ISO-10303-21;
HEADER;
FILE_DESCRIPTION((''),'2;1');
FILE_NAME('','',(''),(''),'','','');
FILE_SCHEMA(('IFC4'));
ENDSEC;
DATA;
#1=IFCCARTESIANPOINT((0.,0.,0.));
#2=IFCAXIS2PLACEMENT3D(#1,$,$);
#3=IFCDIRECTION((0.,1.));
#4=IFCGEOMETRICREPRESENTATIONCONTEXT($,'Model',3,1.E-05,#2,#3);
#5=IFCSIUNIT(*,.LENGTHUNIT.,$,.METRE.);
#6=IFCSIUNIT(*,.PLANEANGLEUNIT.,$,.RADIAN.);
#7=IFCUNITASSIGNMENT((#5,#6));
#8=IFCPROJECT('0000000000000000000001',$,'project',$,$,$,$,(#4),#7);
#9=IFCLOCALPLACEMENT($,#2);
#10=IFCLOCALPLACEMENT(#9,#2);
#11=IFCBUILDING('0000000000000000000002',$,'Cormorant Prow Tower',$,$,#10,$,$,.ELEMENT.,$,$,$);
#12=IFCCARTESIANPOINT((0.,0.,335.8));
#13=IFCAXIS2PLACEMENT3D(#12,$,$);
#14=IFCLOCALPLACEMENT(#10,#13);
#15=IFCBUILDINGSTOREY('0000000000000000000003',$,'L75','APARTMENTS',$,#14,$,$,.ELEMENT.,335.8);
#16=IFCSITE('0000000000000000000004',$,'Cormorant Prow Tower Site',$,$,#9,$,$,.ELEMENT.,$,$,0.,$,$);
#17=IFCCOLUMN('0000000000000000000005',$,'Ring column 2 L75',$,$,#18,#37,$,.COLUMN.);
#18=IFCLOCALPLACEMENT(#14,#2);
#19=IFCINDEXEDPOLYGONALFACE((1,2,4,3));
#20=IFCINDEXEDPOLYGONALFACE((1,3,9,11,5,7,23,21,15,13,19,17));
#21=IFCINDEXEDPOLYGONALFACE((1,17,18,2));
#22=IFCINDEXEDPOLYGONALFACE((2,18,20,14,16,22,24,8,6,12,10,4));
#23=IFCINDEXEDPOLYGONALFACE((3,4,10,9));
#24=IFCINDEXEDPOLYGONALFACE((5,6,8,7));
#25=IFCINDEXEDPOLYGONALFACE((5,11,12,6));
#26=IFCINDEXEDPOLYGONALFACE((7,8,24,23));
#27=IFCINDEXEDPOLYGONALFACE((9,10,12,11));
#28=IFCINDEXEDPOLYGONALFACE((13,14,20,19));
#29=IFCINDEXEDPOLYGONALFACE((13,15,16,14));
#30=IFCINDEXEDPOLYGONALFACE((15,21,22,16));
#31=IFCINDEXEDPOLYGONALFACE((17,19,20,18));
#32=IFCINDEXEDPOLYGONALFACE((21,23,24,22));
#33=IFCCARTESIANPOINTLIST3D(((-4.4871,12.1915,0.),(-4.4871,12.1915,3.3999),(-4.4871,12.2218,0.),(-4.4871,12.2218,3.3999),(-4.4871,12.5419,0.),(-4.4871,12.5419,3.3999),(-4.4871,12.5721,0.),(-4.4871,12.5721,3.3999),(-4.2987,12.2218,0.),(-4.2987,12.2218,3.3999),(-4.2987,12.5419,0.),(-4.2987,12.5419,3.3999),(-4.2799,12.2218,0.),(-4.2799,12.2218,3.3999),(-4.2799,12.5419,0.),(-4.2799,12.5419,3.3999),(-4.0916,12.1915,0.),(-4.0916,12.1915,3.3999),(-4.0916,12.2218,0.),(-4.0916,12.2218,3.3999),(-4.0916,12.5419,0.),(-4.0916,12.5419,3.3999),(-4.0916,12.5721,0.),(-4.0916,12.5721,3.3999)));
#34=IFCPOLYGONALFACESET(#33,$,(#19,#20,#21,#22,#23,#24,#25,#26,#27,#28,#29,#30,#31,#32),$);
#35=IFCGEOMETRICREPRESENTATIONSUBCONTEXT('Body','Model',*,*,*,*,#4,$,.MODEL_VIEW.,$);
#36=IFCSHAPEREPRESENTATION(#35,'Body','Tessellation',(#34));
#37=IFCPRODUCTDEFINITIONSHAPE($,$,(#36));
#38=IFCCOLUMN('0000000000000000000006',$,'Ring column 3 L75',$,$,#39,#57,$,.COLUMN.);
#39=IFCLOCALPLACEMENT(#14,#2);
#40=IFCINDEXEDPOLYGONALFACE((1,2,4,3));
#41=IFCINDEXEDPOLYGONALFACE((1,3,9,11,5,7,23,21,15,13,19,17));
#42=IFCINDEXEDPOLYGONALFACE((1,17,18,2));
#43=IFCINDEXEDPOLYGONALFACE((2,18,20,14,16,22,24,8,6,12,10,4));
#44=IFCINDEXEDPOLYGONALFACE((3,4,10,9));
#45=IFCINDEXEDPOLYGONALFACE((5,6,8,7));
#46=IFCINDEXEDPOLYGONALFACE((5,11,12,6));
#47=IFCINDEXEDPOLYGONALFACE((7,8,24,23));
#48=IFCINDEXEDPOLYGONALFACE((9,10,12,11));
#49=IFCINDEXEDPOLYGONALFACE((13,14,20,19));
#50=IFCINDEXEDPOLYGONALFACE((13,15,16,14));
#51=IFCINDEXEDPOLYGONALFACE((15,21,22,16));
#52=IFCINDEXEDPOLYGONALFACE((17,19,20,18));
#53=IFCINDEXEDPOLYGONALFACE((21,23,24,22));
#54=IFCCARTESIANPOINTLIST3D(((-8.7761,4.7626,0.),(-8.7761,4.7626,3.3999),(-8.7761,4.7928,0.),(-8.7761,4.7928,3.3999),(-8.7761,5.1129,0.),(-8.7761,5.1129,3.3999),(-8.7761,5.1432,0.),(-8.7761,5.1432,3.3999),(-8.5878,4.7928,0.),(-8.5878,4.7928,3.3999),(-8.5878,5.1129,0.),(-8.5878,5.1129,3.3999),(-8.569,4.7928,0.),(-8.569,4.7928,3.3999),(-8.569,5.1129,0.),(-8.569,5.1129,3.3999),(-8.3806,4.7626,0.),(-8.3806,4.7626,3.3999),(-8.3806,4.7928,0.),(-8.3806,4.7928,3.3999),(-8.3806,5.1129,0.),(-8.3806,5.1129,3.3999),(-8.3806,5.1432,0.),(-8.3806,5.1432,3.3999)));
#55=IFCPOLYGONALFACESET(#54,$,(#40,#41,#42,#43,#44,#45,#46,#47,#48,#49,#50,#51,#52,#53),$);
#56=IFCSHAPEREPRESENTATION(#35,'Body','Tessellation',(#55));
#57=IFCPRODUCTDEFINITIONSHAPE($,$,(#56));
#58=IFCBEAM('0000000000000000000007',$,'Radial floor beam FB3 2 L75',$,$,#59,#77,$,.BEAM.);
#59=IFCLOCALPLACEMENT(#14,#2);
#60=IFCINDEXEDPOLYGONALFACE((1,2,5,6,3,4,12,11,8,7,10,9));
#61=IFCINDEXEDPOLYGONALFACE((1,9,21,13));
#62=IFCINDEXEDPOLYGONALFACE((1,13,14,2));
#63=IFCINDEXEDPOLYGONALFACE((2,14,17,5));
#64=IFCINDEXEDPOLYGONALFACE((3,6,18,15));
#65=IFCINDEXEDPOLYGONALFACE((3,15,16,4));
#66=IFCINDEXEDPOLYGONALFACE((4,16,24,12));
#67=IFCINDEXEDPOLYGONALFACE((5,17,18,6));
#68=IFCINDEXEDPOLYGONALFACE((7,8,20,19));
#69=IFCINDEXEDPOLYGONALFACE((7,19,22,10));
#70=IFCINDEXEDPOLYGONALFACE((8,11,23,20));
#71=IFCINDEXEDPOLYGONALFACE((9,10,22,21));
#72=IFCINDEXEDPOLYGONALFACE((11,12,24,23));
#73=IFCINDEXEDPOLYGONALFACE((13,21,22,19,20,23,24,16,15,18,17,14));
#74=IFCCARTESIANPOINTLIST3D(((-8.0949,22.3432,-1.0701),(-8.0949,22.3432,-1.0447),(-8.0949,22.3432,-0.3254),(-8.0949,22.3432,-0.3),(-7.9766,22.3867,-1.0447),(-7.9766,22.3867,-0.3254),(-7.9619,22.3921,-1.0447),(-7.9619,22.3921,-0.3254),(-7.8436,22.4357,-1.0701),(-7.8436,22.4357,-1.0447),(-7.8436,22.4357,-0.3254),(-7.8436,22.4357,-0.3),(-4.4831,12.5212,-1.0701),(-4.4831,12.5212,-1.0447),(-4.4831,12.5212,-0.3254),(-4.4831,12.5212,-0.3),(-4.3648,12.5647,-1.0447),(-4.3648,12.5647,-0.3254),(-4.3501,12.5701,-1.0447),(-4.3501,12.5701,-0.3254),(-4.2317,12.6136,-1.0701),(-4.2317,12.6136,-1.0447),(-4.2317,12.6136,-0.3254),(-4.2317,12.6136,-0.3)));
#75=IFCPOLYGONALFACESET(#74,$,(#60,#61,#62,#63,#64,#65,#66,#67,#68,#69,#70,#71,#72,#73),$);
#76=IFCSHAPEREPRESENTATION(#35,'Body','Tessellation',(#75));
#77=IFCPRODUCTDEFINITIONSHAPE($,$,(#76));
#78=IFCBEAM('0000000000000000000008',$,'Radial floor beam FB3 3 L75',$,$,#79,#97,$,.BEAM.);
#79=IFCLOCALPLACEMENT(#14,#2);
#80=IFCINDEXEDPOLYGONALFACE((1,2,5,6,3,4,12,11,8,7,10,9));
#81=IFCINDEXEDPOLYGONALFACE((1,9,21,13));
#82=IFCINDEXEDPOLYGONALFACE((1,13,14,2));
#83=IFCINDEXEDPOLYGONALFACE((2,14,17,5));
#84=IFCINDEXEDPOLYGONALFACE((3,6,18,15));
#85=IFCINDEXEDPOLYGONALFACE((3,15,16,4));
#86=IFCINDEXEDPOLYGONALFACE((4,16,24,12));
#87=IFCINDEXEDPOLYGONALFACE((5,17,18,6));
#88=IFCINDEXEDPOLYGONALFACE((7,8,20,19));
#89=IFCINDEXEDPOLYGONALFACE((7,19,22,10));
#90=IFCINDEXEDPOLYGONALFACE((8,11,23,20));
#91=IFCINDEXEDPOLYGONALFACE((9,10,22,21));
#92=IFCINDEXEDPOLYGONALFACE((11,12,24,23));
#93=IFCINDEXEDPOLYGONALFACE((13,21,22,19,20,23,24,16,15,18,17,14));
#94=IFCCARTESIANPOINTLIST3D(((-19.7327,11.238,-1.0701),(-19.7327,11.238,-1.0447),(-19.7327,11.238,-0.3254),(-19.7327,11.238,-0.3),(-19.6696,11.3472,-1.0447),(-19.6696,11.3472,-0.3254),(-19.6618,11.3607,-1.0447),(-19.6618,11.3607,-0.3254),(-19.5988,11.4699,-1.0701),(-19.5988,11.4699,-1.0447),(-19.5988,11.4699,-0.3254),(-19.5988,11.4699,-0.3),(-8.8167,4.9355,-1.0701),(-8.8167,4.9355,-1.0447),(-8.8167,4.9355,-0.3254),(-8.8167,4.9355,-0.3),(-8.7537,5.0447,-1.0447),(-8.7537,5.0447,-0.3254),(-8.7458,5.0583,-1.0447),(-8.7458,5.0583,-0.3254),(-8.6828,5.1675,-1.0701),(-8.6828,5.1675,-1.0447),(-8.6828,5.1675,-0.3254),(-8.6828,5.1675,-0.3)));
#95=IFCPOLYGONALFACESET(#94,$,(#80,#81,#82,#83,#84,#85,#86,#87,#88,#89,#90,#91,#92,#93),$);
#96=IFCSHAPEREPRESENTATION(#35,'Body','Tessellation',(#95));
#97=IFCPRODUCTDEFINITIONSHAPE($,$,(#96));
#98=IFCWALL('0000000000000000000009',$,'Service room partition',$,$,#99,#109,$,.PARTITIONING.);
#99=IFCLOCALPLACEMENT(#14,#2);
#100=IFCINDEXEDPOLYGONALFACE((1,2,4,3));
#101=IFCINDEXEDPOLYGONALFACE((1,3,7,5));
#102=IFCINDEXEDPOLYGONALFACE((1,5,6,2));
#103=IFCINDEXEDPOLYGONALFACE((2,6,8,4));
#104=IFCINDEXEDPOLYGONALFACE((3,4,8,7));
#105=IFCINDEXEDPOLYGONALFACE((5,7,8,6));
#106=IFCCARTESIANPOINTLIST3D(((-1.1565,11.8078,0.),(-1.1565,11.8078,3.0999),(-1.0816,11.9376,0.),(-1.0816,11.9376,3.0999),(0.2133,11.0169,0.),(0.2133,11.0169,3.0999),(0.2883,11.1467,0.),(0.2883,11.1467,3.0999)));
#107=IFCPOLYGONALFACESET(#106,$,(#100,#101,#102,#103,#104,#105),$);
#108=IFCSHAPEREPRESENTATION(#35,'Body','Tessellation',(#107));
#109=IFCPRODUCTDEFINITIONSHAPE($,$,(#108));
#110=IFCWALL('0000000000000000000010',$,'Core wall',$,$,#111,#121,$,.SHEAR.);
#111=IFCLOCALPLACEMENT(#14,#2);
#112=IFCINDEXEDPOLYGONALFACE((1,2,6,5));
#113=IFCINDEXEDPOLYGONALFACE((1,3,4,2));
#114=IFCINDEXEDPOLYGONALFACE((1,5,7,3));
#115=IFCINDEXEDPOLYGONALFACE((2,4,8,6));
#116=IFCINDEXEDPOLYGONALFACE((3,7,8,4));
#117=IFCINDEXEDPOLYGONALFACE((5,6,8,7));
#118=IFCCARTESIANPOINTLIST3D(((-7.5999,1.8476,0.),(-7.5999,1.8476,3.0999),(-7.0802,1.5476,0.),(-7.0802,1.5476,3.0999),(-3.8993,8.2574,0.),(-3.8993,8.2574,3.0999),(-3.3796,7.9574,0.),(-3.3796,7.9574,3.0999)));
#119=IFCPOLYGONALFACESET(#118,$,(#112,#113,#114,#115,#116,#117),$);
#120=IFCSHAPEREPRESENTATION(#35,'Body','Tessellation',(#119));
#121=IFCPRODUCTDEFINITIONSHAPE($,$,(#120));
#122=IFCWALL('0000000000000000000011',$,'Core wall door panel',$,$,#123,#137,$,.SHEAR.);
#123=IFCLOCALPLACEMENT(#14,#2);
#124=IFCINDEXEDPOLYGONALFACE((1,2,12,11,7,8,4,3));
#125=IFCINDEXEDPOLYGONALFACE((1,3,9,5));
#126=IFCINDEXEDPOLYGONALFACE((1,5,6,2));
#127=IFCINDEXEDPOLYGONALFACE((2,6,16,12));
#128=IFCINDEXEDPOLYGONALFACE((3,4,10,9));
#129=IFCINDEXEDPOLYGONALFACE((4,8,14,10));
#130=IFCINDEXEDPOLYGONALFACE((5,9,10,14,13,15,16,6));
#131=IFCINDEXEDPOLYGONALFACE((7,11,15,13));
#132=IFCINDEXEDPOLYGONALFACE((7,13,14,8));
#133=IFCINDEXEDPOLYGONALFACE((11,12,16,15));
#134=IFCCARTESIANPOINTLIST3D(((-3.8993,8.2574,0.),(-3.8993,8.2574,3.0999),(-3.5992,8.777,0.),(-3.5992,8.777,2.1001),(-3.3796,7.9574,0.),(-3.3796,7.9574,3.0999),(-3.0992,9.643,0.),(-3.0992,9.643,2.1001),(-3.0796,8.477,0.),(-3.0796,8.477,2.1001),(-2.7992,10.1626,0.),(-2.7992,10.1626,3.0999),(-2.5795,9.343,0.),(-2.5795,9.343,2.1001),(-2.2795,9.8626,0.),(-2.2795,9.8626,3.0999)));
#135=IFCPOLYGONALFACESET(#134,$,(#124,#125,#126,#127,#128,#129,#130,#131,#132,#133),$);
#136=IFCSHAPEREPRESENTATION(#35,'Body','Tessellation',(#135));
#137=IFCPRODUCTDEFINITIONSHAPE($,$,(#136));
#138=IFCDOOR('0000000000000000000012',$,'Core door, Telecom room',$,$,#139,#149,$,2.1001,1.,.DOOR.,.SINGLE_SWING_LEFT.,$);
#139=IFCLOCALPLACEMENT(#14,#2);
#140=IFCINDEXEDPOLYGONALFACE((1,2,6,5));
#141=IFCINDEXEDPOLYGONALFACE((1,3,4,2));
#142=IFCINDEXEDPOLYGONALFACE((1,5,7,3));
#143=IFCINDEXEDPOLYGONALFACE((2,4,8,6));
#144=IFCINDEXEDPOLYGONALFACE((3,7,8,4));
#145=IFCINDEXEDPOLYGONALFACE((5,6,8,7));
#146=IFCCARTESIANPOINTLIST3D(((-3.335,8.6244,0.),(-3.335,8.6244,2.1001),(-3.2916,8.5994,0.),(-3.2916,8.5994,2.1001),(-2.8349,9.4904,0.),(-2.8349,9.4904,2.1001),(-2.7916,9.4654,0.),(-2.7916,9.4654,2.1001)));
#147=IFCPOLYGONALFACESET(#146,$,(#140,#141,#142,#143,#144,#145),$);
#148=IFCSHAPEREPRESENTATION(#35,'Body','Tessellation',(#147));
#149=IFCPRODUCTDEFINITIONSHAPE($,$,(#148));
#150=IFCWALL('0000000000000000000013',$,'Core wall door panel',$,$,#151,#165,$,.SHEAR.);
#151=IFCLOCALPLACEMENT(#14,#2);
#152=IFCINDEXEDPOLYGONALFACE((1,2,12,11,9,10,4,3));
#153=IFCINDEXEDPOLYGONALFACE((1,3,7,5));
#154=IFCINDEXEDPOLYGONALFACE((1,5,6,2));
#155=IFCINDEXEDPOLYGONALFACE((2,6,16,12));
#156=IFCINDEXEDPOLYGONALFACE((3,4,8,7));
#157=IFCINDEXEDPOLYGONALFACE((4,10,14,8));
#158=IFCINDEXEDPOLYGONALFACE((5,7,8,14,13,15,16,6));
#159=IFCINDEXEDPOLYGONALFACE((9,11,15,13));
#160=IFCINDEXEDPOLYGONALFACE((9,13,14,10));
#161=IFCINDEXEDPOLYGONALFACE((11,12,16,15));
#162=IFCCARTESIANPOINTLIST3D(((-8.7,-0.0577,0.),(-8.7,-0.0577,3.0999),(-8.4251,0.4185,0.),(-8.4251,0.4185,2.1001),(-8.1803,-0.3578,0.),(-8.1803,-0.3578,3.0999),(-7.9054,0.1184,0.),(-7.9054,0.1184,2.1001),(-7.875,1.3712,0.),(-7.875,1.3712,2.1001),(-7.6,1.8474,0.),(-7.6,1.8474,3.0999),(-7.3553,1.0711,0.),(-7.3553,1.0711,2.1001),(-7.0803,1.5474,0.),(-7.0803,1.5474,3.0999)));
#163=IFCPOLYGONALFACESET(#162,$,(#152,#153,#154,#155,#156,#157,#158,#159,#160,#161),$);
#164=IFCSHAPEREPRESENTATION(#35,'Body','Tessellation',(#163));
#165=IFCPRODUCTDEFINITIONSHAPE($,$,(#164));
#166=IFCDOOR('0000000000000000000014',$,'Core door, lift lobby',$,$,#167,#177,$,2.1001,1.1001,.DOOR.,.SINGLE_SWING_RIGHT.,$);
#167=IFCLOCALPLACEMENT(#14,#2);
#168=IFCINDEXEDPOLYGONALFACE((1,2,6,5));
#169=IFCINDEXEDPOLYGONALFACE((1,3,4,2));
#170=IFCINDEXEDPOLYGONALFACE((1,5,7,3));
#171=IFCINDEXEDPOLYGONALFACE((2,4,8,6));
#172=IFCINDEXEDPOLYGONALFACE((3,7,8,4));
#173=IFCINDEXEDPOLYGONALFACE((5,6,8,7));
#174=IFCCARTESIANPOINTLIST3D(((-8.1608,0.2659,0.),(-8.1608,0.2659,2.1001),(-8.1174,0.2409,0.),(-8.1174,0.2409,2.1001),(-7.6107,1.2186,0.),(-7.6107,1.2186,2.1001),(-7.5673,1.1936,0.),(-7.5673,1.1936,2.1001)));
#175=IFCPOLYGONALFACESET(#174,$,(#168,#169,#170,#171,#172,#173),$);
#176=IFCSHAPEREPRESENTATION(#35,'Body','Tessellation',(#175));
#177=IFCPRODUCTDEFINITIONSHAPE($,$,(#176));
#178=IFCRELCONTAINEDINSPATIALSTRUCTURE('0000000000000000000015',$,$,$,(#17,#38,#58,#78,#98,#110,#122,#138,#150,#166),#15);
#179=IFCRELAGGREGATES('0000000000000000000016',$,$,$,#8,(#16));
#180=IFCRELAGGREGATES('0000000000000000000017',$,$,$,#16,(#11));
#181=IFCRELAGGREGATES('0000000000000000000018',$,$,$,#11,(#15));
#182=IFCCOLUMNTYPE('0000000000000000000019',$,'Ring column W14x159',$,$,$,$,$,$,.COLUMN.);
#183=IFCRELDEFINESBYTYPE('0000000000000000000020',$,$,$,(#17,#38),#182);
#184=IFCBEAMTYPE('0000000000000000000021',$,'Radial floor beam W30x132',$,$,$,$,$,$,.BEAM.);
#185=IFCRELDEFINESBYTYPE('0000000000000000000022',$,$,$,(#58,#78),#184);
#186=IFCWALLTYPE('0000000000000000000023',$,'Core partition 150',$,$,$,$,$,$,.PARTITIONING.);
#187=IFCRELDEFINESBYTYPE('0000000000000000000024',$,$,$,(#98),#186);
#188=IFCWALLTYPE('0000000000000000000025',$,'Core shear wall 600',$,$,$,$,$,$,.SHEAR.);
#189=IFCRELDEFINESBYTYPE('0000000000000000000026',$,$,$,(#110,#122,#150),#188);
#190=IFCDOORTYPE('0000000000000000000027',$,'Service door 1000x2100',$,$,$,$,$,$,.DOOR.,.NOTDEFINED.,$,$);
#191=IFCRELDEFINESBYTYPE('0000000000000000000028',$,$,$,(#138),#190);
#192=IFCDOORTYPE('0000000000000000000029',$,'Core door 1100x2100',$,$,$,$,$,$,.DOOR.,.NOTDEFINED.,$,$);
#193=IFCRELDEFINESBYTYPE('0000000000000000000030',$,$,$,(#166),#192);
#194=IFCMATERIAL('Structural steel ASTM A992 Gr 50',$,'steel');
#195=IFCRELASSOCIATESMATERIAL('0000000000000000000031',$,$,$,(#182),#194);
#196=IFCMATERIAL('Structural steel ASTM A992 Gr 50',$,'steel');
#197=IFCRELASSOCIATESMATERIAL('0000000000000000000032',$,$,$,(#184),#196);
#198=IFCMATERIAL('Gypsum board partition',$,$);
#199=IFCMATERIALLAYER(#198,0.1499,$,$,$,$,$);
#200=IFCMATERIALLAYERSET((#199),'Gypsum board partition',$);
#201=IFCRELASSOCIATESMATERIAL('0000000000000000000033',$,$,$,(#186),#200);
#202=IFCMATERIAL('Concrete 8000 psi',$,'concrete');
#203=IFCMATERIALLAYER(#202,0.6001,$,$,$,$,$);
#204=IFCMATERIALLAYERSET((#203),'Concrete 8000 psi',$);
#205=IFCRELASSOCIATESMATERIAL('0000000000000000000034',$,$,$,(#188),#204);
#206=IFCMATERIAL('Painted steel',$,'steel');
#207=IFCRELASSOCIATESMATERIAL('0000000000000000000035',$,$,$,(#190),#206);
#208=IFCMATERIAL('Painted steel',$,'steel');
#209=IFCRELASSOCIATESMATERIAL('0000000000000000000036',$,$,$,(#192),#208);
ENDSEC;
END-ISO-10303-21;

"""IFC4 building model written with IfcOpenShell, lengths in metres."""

from ifc_helpers import new_model, si_unit, direction, frame, frame_2d, origin, origin_2d, place, context, subcontext, project, spatial, rectangle, i_section, extrude, material, layer, layer_set, material_profile, profile_set, type_object, element, fill, save


model = new_model("IFC4")

# Units and contexts
model_context = context("Model", 3, precision=1e-05, world=origin(), true_north=direction((0.0, 1.0)))
body_context = subcontext(model_context, "Body", "Model", "MODEL_VIEW")
ifc_project = project(units=[si_unit("LENGTHUNIT", "METRE"), si_unit("PLANEANGLEUNIT", "RADIAN")], contexts=[model_context])

# Site, building, storey
site_placement = place(None, origin())
site = spatial("IfcSite", under=ifc_project, at=site_placement, Name="Cormorant Prow Tower Site", CompositionType="ELEMENT", RefElevation=0.0)
building_placement = place(site_placement, origin())
building = spatial("IfcBuilding", under=site, at=building_placement, Name="Cormorant Prow Tower", CompositionType="ELEMENT")
storey_placement = place(building_placement, frame((0.0, 0.0, 335.8)))
storey = spatial("IfcBuildingStorey", under=building, at=storey_placement, Name="L75", Description="APARTMENTS", CompositionType="ELEMENT", Elevation=335.8)

# Columns
ifc_material_1 = material(Name="Structural steel ASTM A992 Gr 50", Category="steel")
ifc_material_profile_1 = material_profile(ifc_material_1, i_section(OverallWidth=0.3955, OverallDepth=0.3806, WebThickness=0.0188, FlangeThickness=0.0303, at=origin_2d()), Name="W14x159")
ifc_profile_set_1 = profile_set([ifc_material_profile_1], Name="Structural steel ASTM A992 Gr 50")
column_type = type_object("IfcColumnType", Name="Ring column W14x159", PredefinedType="COLUMN", material=ifc_profile_set_1)
for number, where, z_axis, x_axis, name in (
    (1, (-4.2893, 12.3818, 0.0), (0.0, 0.0, 1.0), (1.0, 0.0, 0.0), "Ring column 2 L75"),
    (2, (-8.5784, 4.9529, 0.0), (0.0, 0.0, 1.0), (1.0, 0.0, 0.0), "Ring column 3 L75"),
):
    element("IfcColumn", number, at=place(storey_placement, frame(where, z_axis=z_axis, x_axis=x_axis)), inside=storey, type_object=column_type, Name=name, PredefinedType="COLUMN", context=body_context, shape_type="SweptSolid", body=[
        extrude(i_section(OverallWidth=0.3955, OverallDepth=0.3806, WebThickness=0.0188, FlangeThickness=0.0303, at=origin_2d()), origin(), (0.0, 0.0, 1.0), 3.3999),
    ])

# Beams
ifc_material_2 = material(Name="Structural steel ASTM A992 Gr 50", Category="steel")
ifc_material_profile_2 = material_profile(ifc_material_2, i_section(OverallWidth=0.2678, OverallDepth=0.77, WebThickness=0.0156, FlangeThickness=0.0254, at=origin_2d()), Name="W30x132")
ifc_profile_set_2 = profile_set([ifc_material_profile_2], Name="Structural steel ASTM A992 Gr 50")
beam_type = type_object("IfcBeamType", Name="Radial floor beam W30x132", PredefinedType="BEAM", material=ifc_profile_set_2)
beam_1_placement = place(storey_placement, frame((-4.3574, 12.5674, -0.6851), z_axis=(-0.345131, 0.938554, 0.0), x_axis=(-0.938554, -0.345131, 0.0)))
element("IfcBeam", 3, at=beam_1_placement, inside=storey, type_object=beam_type, Name="Radial floor beam FB3 2 L75", PredefinedType="BEAM", context=body_context, shape_type="SweptSolid", body=[
    extrude(i_section(OverallWidth=0.2678, OverallDepth=0.77, WebThickness=0.0156, FlangeThickness=0.0254, at=origin_2d()), origin(), (0.0, 0.0, 1.0), 10.4651),
])
beam_2_placement = place(storey_placement, frame((-8.7498, 5.0515, -0.6851), z_axis=(-0.866021, 0.500007, 0.0), x_axis=(-0.500007, -0.866021, 0.0)))
element("IfcBeam", 4, at=beam_2_placement, inside=storey, type_object=beam_type, Name="Radial floor beam FB3 3 L75", PredefinedType="BEAM", context=body_context, shape_type="SweptSolid", body=[
    extrude(i_section(OverallWidth=0.2678, OverallDepth=0.77, WebThickness=0.0156, FlangeThickness=0.0254, at=origin_2d()), origin(), (0.0, 0.0, 1.0), 12.6047),
])

# Walls
ifc_material_3 = material(Name="Gypsum board partition")
ifc_layer_1 = layer(ifc_material_3, 0.1499)
ifc_layer_set_1 = layer_set([ifc_layer_1], Name="Gypsum board partition")
wall_type_1 = type_object("IfcWallType", Name="Core partition 150", PredefinedType="PARTITIONING", material=ifc_layer_set_1)
wall_1_placement = place(storey_placement, frame((-1.1191, 11.8728, 0.0), z_axis=(0.0, 0.0, 1.0), x_axis=(0.865993, -0.500056, 0.0)))
element("IfcWall", 5, at=wall_1_placement, inside=storey, type_object=wall_type_1, Name="Service room partition", PredefinedType="PARTITIONING", context=body_context, shape_type="SweptSolid", body=[
    extrude(rectangle(XDim=1.5818, YDim=0.1499, at=frame_2d((0.791, 0.0))), origin(), (0.0, 0.0, 1.0), 3.0999),
])
ifc_material_4 = material(Name="Concrete 8000 psi", Category="concrete")
ifc_layer_2 = layer(ifc_material_4, 0.6001)
ifc_layer_set_2 = layer_set([ifc_layer_2], Name="Concrete 8000 psi")
wall_type_2 = type_object("IfcWallType", Name="Core shear wall 600", PredefinedType="SHEAR", material=ifc_layer_set_2)
wall_2_placement = place(storey_placement, frame((-3.6394, 8.1074, 0.0), z_axis=(0.0, 0.0, 1.0), x_axis=(-0.499992, -0.86603, 0.0)))
element("IfcWall", 6, at=wall_2_placement, inside=storey, type_object=wall_type_2, Name="Core wall", PredefinedType="SHEAR", context=body_context, shape_type="SweptSolid", body=[
    extrude(rectangle(XDim=7.4014, YDim=0.6001, at=frame_2d((3.7007, 0.0))), origin(), (0.0, 0.0, 1.0), 3.0999),
])

# Walls, openings, doors
wall_3_placement = place(storey_placement, frame((-2.5393, 10.0127, 0.0), z_axis=(0.0, 0.0, 1.0), x_axis=(-0.50003, -0.866008, 0.0)))
wall_3 = element("IfcWall", 7, at=wall_3_placement, inside=storey, type_object=wall_type_2, Name="Core wall door panel", PredefinedType="SHEAR", context=body_context, shape_type="SweptSolid", body=[
    extrude(rectangle(XDim=2.2, YDim=0.6001, at=frame_2d((1.1001, 0.0))), origin(), (0.0, 0.0, 1.0), 3.0999),
])
opening_1_placement = place(wall_3_placement, frame((0.6001, 0.0, 0.0)))
opening_1 = element("IfcOpeningElement", 8, at=opening_1_placement, cuts=wall_3, PredefinedType="OPENING", context=body_context, shape_type="SweptSolid", body=[
    extrude(rectangle(XDim=1.0, YDim=2.1001, at=frame_2d((0.5, 1.05))), frame((0.0, 0.3101, 0.0), z_axis=(0.0, -1.0, 0.0), x_axis=(1.0, 0.0, 0.0)), (0.0, 0.0, 1.0), 0.6201),
])
ifc_material_5 = material(Name="Painted steel", Category="steel")
door_type_1 = type_object("IfcDoorType", Name="Service door 1000x2100", OperationType="NOTDEFINED", PredefinedType="DOOR", material=ifc_material_5)
door_1_placement = place(opening_1_placement, origin())
door_1 = element("IfcDoor", 9, at=door_1_placement, inside=storey, type_object=door_type_1, Name="Core door, Telecom room", OperationType="SINGLE_SWING_LEFT", OverallHeight=2.1001, OverallWidth=1.0, PredefinedType="DOOR", context=body_context, shape_type="SweptSolid", body=[
    extrude(rectangle(XDim=1.0, YDim=2.1001, at=frame_2d((0.5, 1.05))), frame((0.0, 0.0552, 0.0), z_axis=(0.0, -1.0, 0.0), x_axis=(1.0, 0.0, 0.0)), (0.0, 0.0, 1.0), 0.05),
])
fill(opening_1, door_1)
wall_4_placement = place(storey_placement, frame((-7.3401, 1.6975, 0.0), z_axis=(0.0, 0.0, 1.0), x_axis=(-0.50003, -0.866008, 0.0)))
wall_4 = element("IfcWall", 10, at=wall_4_placement, inside=storey, type_object=wall_type_2, Name="Core wall door panel", PredefinedType="SHEAR", context=body_context, shape_type="SweptSolid", body=[
    extrude(rectangle(XDim=2.2, YDim=0.6001, at=frame_2d((1.1001, 0.0))), origin(), (0.0, 0.0, 1.0), 3.0999),
])
opening_2_placement = place(wall_4_placement, frame((0.55, 0.0, 0.0)))
opening_2 = element("IfcOpeningElement", 11, at=opening_2_placement, cuts=wall_4, PredefinedType="OPENING", context=body_context, shape_type="SweptSolid", body=[
    extrude(rectangle(XDim=1.1001, YDim=2.1001, at=frame_2d((0.55, 1.05))), frame((0.0, 0.3101, 0.0), z_axis=(0.0, -1.0, 0.0), x_axis=(1.0, 0.0, 0.0)), (0.0, 0.0, 1.0), 0.6201),
])
ifc_material_6 = material(Name="Painted steel", Category="steel")
door_type_2 = type_object("IfcDoorType", Name="Core door 1100x2100", OperationType="NOTDEFINED", PredefinedType="DOOR", material=ifc_material_6)
door_2_placement = place(opening_2_placement, origin())
door_2 = element("IfcDoor", 12, at=door_2_placement, inside=storey, type_object=door_type_2, Name="Core door, lift lobby", OperationType="SINGLE_SWING_RIGHT", OverallHeight=2.1001, OverallWidth=1.1001, PredefinedType="DOOR", context=body_context, shape_type="SweptSolid", body=[
    extrude(rectangle(XDim=1.1001, YDim=2.1001, at=frame_2d((0.55, 1.05))), frame((0.0, 0.0552, 0.0), z_axis=(0.0, -1.0, 0.0), x_axis=(1.0, 0.0, 0.0)), (0.0, 0.0, 1.0), 0.05),
])
fill(opening_2, door_2)

save(model, "model.ifc")
